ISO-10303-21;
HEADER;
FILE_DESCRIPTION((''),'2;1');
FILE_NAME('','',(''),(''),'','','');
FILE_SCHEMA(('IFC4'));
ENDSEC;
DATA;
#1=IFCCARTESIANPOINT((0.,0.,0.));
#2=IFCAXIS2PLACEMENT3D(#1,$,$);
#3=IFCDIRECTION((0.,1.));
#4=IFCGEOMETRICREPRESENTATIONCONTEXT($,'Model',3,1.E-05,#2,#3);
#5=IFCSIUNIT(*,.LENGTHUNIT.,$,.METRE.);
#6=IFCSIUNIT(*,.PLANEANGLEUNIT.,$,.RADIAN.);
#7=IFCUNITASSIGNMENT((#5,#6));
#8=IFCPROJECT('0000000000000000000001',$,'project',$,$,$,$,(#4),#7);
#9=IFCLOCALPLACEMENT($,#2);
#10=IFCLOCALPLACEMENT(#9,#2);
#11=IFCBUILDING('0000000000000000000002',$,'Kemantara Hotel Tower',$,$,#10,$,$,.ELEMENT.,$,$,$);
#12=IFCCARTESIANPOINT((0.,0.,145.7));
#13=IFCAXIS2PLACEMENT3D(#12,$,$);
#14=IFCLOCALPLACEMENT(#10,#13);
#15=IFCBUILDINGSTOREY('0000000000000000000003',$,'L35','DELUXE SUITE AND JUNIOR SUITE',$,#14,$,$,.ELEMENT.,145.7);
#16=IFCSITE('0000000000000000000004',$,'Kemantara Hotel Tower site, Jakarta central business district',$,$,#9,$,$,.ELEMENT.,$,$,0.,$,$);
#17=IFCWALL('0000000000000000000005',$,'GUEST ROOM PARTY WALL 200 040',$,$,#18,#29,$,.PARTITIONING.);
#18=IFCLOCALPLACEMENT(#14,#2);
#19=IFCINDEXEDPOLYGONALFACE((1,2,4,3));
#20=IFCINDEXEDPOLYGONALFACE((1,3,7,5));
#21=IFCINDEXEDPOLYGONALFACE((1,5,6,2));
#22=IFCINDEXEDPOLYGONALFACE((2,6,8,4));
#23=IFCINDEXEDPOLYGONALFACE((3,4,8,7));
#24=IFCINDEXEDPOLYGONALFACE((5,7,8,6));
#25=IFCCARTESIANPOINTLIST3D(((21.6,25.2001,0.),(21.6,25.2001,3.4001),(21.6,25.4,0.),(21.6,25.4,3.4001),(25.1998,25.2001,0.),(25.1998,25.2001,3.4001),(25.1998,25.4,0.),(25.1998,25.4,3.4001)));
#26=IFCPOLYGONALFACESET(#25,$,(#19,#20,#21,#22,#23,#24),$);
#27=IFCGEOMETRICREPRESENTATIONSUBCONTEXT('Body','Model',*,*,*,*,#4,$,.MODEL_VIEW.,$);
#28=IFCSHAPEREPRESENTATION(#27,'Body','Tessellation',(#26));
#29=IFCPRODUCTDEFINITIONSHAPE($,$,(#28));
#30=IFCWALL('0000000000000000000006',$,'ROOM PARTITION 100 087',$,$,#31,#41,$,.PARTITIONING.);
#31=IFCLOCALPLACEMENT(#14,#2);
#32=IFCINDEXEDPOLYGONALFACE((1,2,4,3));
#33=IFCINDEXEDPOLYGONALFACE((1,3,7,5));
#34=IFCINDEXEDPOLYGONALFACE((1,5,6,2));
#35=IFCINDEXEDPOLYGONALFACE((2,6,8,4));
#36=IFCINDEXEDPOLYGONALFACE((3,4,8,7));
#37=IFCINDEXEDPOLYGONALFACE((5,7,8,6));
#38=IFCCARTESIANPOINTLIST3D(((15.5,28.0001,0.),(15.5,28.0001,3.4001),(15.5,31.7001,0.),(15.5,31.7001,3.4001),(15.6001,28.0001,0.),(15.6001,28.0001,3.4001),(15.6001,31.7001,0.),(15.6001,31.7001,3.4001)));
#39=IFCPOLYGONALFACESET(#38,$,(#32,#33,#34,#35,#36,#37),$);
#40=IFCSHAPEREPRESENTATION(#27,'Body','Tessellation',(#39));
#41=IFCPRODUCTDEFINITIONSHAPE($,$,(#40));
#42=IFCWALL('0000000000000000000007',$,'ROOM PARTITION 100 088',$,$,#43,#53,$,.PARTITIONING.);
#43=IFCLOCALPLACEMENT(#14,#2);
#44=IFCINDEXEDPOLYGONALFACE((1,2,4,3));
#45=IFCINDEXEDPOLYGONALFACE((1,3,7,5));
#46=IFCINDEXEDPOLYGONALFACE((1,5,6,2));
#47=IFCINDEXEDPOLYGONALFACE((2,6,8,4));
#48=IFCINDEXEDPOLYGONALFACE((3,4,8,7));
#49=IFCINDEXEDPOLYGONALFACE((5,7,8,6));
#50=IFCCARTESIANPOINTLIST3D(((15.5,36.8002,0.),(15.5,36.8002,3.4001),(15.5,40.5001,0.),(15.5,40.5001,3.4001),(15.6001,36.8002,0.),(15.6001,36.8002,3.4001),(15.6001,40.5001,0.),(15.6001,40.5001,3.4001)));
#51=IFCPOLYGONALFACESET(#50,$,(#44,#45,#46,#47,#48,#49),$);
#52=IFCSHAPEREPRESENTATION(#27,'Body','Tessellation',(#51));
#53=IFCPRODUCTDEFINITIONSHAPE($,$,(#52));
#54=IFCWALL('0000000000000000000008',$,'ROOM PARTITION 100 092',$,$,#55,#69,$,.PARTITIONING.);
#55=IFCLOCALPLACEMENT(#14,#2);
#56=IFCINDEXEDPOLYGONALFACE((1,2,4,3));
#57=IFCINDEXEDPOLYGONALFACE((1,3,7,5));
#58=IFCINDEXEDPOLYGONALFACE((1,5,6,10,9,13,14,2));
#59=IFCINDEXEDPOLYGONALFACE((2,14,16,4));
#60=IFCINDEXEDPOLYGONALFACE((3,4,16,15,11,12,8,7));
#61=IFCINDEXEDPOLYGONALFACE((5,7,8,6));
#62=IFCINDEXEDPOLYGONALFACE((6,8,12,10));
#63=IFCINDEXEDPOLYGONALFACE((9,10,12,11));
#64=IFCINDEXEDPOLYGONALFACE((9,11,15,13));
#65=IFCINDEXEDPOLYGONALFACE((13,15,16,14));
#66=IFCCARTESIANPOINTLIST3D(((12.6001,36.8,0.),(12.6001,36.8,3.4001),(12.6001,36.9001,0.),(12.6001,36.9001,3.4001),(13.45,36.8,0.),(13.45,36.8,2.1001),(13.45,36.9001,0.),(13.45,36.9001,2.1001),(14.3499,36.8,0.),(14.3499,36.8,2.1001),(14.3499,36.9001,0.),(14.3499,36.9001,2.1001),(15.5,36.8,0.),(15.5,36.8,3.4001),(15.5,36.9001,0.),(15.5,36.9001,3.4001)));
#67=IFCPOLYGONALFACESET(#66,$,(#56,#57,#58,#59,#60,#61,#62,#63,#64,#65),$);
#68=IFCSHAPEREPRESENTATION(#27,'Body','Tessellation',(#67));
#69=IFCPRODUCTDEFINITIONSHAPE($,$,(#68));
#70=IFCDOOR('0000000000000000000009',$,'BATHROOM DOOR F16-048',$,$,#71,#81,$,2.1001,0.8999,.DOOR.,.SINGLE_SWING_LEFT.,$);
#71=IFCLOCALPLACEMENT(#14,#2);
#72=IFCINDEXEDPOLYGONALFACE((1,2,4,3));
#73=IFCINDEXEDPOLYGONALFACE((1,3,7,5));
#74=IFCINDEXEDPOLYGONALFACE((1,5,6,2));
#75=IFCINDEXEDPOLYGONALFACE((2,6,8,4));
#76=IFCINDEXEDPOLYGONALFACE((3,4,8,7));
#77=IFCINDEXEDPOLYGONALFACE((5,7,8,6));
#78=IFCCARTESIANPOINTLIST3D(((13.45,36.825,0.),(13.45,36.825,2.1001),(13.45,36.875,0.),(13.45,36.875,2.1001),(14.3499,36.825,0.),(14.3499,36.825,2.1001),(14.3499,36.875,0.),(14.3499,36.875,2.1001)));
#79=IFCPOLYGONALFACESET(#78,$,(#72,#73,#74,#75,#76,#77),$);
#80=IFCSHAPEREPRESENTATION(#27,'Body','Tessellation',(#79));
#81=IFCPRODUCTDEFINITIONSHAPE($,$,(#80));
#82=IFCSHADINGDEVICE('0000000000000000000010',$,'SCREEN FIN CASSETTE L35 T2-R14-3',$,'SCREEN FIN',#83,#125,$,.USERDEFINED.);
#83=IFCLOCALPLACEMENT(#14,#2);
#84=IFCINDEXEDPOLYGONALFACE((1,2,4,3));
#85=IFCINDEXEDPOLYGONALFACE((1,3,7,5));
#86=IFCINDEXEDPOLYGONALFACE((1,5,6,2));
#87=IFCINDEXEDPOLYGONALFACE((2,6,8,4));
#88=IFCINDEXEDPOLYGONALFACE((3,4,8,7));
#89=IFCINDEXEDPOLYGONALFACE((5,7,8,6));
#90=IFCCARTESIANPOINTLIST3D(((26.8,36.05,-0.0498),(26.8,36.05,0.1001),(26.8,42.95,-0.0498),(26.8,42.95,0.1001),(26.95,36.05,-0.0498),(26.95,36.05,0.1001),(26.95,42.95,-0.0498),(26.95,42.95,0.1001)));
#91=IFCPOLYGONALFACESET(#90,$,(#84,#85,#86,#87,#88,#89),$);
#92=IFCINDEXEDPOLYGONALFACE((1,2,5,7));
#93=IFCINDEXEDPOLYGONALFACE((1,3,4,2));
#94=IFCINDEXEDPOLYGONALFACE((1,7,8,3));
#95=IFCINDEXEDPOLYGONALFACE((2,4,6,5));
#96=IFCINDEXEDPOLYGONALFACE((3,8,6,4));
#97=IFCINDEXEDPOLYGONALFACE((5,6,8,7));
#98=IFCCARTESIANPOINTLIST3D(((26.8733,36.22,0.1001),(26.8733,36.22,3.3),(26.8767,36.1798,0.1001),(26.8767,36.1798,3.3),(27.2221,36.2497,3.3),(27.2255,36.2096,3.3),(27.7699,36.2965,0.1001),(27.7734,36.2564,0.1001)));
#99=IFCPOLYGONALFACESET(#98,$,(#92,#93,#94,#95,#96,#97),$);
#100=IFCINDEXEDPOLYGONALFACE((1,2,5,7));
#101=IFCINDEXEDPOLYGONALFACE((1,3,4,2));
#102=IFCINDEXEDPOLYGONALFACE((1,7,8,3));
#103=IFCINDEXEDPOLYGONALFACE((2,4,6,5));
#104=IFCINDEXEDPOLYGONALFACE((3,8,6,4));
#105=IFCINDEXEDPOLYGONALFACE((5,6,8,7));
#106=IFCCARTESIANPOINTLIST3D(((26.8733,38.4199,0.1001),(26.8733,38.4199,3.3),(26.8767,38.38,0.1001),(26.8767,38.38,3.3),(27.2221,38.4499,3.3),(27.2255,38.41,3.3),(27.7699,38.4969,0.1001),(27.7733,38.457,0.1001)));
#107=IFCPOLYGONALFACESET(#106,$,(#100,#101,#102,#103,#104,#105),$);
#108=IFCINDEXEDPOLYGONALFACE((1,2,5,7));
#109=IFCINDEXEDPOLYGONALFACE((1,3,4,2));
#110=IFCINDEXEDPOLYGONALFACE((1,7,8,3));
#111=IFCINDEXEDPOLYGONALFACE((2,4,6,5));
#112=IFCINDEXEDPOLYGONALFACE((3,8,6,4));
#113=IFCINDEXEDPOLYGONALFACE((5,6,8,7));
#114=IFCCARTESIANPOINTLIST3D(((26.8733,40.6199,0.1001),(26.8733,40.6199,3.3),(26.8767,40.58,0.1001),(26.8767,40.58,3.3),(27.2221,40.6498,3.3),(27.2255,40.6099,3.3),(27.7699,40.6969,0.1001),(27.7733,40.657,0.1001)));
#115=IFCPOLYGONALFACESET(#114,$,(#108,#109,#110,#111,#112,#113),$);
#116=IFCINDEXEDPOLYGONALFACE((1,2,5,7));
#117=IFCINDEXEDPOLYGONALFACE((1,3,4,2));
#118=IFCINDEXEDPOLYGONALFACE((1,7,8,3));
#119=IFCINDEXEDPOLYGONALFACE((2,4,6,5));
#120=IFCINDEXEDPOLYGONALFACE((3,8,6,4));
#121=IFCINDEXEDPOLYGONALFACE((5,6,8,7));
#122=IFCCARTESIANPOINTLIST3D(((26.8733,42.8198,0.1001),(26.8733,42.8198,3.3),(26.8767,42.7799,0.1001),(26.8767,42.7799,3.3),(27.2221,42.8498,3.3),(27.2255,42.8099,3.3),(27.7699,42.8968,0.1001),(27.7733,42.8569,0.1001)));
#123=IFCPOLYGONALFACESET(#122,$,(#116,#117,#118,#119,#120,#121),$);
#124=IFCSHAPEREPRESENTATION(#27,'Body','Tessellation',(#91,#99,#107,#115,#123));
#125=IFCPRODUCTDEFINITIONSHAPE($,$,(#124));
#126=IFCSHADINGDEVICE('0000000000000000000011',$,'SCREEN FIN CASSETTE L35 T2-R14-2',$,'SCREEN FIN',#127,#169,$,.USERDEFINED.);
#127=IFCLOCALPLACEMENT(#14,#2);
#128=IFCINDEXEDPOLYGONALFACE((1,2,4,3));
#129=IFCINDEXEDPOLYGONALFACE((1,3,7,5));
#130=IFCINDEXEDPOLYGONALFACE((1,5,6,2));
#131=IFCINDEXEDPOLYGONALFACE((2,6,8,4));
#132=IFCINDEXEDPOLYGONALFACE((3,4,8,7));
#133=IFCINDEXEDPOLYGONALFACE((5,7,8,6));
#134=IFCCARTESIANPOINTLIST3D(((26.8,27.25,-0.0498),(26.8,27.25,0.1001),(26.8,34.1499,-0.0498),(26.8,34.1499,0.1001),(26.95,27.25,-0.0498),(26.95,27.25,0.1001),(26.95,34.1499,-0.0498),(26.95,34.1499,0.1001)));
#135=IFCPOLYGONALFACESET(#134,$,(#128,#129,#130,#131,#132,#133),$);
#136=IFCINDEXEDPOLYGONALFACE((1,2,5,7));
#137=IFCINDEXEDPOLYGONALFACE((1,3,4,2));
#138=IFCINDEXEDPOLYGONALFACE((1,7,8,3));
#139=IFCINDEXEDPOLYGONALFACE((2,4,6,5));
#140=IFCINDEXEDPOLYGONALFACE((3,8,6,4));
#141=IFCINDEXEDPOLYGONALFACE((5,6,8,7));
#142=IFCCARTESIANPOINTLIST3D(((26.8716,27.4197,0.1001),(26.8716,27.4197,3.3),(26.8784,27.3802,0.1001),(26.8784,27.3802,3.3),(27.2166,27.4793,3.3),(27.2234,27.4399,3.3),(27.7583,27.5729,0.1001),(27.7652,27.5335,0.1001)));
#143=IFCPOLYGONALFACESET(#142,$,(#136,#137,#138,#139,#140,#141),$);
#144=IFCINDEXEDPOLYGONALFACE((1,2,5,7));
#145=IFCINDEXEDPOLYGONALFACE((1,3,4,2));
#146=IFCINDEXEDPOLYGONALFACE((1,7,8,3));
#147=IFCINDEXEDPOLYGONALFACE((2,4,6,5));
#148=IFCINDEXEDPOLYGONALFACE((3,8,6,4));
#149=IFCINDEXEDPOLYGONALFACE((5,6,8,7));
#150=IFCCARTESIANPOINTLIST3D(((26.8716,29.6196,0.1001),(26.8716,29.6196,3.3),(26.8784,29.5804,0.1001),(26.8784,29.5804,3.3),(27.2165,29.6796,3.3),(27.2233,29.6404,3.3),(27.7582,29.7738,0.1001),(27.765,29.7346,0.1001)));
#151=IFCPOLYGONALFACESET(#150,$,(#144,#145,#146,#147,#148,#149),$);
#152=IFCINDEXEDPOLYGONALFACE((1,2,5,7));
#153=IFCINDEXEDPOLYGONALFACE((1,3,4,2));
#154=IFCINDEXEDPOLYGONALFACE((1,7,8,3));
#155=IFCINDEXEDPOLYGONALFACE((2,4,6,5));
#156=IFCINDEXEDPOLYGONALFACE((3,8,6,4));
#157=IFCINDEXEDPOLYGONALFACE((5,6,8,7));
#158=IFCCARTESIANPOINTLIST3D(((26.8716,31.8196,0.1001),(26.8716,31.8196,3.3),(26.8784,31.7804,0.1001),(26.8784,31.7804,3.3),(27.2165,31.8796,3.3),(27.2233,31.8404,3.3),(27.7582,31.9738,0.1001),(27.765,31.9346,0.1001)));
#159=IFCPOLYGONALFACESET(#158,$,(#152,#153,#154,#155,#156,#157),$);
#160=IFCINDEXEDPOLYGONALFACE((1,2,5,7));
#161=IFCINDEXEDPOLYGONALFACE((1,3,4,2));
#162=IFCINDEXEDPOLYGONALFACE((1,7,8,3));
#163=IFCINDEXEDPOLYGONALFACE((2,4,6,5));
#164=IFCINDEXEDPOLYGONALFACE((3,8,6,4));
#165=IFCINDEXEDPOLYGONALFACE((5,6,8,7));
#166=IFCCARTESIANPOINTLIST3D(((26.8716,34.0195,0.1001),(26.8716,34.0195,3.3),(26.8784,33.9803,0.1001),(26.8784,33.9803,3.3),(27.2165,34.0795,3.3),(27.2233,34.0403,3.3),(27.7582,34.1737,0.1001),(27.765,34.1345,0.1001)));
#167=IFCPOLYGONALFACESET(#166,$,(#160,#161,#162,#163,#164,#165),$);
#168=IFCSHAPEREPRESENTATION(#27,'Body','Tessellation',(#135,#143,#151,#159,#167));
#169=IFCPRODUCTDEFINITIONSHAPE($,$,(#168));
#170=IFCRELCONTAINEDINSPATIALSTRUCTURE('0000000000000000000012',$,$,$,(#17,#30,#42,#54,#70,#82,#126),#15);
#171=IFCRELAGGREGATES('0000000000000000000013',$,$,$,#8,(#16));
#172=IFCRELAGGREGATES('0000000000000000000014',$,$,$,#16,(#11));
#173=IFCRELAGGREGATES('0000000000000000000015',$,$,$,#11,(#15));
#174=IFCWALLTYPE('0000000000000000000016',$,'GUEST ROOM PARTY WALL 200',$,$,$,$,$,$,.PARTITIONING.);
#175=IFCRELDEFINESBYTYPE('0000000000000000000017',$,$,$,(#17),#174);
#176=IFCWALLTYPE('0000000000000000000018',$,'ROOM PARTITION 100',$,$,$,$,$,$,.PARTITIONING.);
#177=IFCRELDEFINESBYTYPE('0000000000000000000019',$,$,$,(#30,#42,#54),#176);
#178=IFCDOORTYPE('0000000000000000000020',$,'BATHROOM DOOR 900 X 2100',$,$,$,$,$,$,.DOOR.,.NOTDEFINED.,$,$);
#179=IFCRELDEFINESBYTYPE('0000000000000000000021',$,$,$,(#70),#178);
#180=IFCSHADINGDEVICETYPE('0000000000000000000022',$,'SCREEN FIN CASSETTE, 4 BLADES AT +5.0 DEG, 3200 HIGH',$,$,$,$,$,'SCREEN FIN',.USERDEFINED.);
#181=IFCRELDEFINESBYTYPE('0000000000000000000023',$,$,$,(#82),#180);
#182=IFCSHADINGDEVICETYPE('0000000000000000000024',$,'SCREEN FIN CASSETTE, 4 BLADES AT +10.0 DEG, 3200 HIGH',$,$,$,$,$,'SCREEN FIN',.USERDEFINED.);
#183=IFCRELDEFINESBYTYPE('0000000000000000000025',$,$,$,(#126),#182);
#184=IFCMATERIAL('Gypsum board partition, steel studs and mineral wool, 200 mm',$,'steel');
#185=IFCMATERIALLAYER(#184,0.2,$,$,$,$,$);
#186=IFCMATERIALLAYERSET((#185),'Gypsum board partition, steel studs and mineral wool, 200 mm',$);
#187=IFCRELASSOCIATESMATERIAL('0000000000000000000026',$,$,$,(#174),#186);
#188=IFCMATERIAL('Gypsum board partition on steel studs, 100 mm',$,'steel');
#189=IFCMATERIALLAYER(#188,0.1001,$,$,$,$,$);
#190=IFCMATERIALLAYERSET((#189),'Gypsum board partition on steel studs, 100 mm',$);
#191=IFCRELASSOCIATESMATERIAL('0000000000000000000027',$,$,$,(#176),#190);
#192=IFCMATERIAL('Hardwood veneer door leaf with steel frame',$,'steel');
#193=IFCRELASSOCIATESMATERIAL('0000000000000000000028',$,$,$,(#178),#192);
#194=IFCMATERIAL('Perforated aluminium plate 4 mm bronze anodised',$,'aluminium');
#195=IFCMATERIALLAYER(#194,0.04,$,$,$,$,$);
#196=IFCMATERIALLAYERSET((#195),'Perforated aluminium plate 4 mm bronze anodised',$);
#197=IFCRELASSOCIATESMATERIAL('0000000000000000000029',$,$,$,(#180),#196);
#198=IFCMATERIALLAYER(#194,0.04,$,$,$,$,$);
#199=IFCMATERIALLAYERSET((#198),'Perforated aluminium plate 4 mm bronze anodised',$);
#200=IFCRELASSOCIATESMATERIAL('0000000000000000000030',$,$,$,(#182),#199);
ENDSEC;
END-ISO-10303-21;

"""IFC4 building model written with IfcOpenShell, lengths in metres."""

from ifc_helpers import new_model, si_unit, direction, frame, frame_2d, origin, origin_2d, place, context, subcontext, project, spatial, polyline, rectangle, outline, extrude, source, transform, mapped, material, layer, layer_set, type_object, element, fill, save


model = new_model("IFC4")

# Units and contexts
model_context = context("Model", 3, precision=1e-05, world=origin(), true_north=direction((0.0, 1.0)))
body_context = subcontext(model_context, "Body", "Model", "MODEL_VIEW")
ifc_project = project(units=[si_unit("LENGTHUNIT", "METRE"), si_unit("PLANEANGLEUNIT", "RADIAN")], contexts=[model_context])

# Site, building, storey
site_placement = place(None, origin())
site = spatial("IfcSite", under=ifc_project, at=site_placement, Name="Kemantara Hotel Tower site, Jakarta central business district", CompositionType="ELEMENT", RefElevation=0.0)
building_placement = place(site_placement, origin())
building = spatial("IfcBuilding", under=site, at=building_placement, Name="Kemantara Hotel Tower", CompositionType="ELEMENT")
storey_placement = place(building_placement, frame((0.0, 0.0, 145.7)))
storey = spatial("IfcBuildingStorey", under=building, at=storey_placement, Name="L35", Description="DELUXE SUITE AND JUNIOR SUITE", CompositionType="ELEMENT", Elevation=145.7)

# Walls
ifc_material_1 = material(Name="Gypsum board partition, steel studs and mineral wool, 200 mm", Category="steel")
ifc_layer_1 = layer(ifc_material_1, 0.2)
ifc_layer_set_1 = layer_set([ifc_layer_1], Name="Gypsum board partition, steel studs and mineral wool, 200 mm")
wall_type_1 = type_object("IfcWallType", Name="GUEST ROOM PARTY WALL 200", PredefinedType="PARTITIONING", material=ifc_layer_set_1)
wall_1_placement = place(storey_placement, frame((21.6001, 25.3, 0.0), z_axis=(0.0, 0.0, 1.0), x_axis=(1.0, 0.0, 0.0)))
element("IfcWall", 1, at=wall_1_placement, inside=storey, type_object=wall_type_1, Name="GUEST ROOM PARTY WALL 200 040", PredefinedType="PARTITIONING", context=body_context, shape_type="SweptSolid", body=[
    extrude(rectangle(XDim=3.5999, YDim=0.2, at=frame_2d((1.7998, 0.0))), origin(), (0.0, 0.0, 1.0), 3.4001),
])
ifc_material_2 = material(Name="Gypsum board partition on steel studs, 100 mm", Category="steel")
ifc_layer_2 = layer(ifc_material_2, 0.1001)
ifc_layer_set_2 = layer_set([ifc_layer_2], Name="Gypsum board partition on steel studs, 100 mm")
wall_type_2 = type_object("IfcWallType", Name="ROOM PARTITION 100", PredefinedType="PARTITIONING", material=ifc_layer_set_2)
for number, where, z_axis, x_axis, name in (
    (2, (15.55, 28.0, 0.0), (0.0, 0.0, 1.0), (0.0, 1.0, 0.0), "ROOM PARTITION 100 087"),
    (3, (15.55, 36.8, 0.0), (0.0, 0.0, 1.0), (0.0, 1.0, 0.0), "ROOM PARTITION 100 088"),
):
    element("IfcWall", number, at=place(storey_placement, frame(where, z_axis=z_axis, x_axis=x_axis)), inside=storey, type_object=wall_type_2, Name=name, PredefinedType="PARTITIONING", context=body_context, shape_type="SweptSolid", body=[
        extrude(rectangle(XDim=3.7, YDim=0.1001, at=frame_2d((1.8501, 0.0))), origin(), (0.0, 0.0, 1.0), 3.4001),
    ])

# Wall, opening, door
wall_2_placement = place(storey_placement, frame((12.6001, 36.8501, 0.0), z_axis=(0.0, 0.0, 1.0), x_axis=(1.0, 0.0, 0.0)))
wall_2 = element("IfcWall", 4, at=wall_2_placement, inside=storey, type_object=wall_type_2, Name="ROOM PARTITION 100 092", PredefinedType="PARTITIONING", context=body_context, shape_type="SweptSolid", body=[
    extrude(rectangle(XDim=2.8999, YDim=0.1001, at=frame_2d((1.45, 0.0))), origin(), (0.0, 0.0, 1.0), 3.4001),
])
opening_placement = place(wall_2_placement, frame((0.8499, 0.0, 0.0)))
opening = element("IfcOpeningElement", 5, at=opening_placement, cuts=wall_2, PredefinedType="OPENING", context=body_context, shape_type="SweptSolid", body=[
    extrude(rectangle(XDim=0.8999, YDim=2.1001, at=frame_2d((0.45, 1.05))), frame((0.0, 0.0601, 0.0), z_axis=(0.0, -1.0, 0.0), x_axis=(1.0, 0.0, 0.0)), (0.0, 0.0, 1.0), 0.1201),
])
ifc_material_3 = material(Name="Hardwood veneer door leaf with steel frame", Category="steel")
door_type = type_object("IfcDoorType", Name="BATHROOM DOOR 900 X 2100", OperationType="NOTDEFINED", PredefinedType="DOOR", material=ifc_material_3)
door_placement = place(opening_placement, origin())
door = element("IfcDoor", 6, at=door_placement, inside=storey, type_object=door_type, Name="BATHROOM DOOR F16-048", OperationType="SINGLE_SWING_LEFT", OverallHeight=2.1001, OverallWidth=0.8999, PredefinedType="DOOR", context=body_context, shape_type="SweptSolid", body=[
    extrude(rectangle(XDim=0.8999, YDim=2.1001, at=frame_2d((0.45, 1.05))), frame((0.0, 0.0249, 0.0), z_axis=(0.0, -1.0, 0.0), x_axis=(1.0, 0.0, 0.0)), (0.0, 0.0, 1.0), 0.05),
])
fill(opening, door)

# Shading devices
ifc_material_4 = material(Name="Perforated aluminium plate 4 mm bronze anodised", Category="aluminium")
ifc_layer_3 = layer(ifc_material_4, 0.04)
ifc_layer_set_3 = layer_set([ifc_layer_3], Name="Perforated aluminium plate 4 mm bronze anodised")
shading_device_type_1 = type_object("IfcShadingDeviceType", Name="SCREEN FIN CASSETTE, 4 BLADES AT +5.0 DEG, 3200 HIGH", ElementType="SCREEN FIN", PredefinedType="USERDEFINED", material=ifc_layer_set_3)
shared_shape_1 = source(origin(), body_context, "Body", "SweptSolid", [
    extrude(rectangle(XDim=6.8999, YDim=0.1499, at=origin_2d()), frame((3.3, -0.075, -0.1499), z_axis=(0.0, 0.0, 1.0), x_axis=(1.0, 0.0, 0.0)), (0.0, 0.0, 1.0), 0.1499),
    extrude(outline(polyline([(0.0, 0.0), (0.8999, 0.0), (0.3501, 3.2), (0.0, 3.2), (0.0, 0.0)])), frame((0.02, -0.0732, 0.0), z_axis=(-0.996376, -0.085056, 0.0), x_axis=(0.085056, -0.996376, 0.0)), (0.0, 0.0, 1.0), 0.0403),
    extrude(outline(polyline([(0.0, 0.0), (0.8999, 0.0), (0.3501, 3.2), (0.0, 3.2), (0.0, 0.0)])), frame((2.22, -0.0732, 0.0), z_axis=(-0.996332, -0.085575, 0.0), x_axis=(0.085575, -0.996332, 0.0)), (0.0, 0.0, 1.0), 0.04),
    extrude(outline(polyline([(0.0, 0.0), (0.8999, 0.0), (0.3501, 3.2), (0.0, 3.2), (0.0, 0.0)])), frame((4.4199, -0.0732, 0.0), z_axis=(-0.996332, -0.085575, 0.0), x_axis=(0.085575, -0.996332, 0.0)), (0.0, 0.0, 1.0), 0.04),
    extrude(outline(polyline([(0.0, 0.0), (0.8999, 0.0), (0.3501, 3.2), (0.0, 3.2), (0.0, 0.0)])), frame((6.6199, -0.0732, 0.0), z_axis=(-0.996332, -0.085575, 0.0), x_axis=(0.085575, -0.996332, 0.0)), (0.0, 0.0, 1.0), 0.04),
])
shading_device_1_placement = place(storey_placement, frame((26.8, 36.2, 0.1001), z_axis=(0.0, 0.0, 1.0), x_axis=(0.0, 1.0, 0.0)))
element("IfcShadingDevice", 7, at=shading_device_1_placement, inside=storey, type_object=shading_device_type_1, Name="SCREEN FIN CASSETTE L35 T2-R14-3", ObjectType="SCREEN FIN", PredefinedType="USERDEFINED", context=body_context, shape_type="MappedRepresentation", body=[
    mapped(shared_shape_1, transform((0.0, 0.0, 0.0))),
])
ifc_layer_4 = layer(ifc_material_4, 0.04)
ifc_layer_set_4 = layer_set([ifc_layer_4], Name="Perforated aluminium plate 4 mm bronze anodised")
shading_device_type_2 = type_object("IfcShadingDeviceType", Name="SCREEN FIN CASSETTE, 4 BLADES AT +10.0 DEG, 3200 HIGH", ElementType="SCREEN FIN", PredefinedType="USERDEFINED", material=ifc_layer_set_4)
shared_shape_2 = source(origin(), body_context, "Body", "SweptSolid", [
    extrude(rectangle(XDim=6.8999, YDim=0.1499, at=origin_2d()), frame((3.3, -0.075, -0.1499), z_axis=(0.0, 0.0, 1.0), x_axis=(1.0, 0.0, 0.0)), (0.0, 0.0, 1.0), 0.1499),
    extrude(outline(polyline([(0.0, 0.0), (0.8999, 0.0), (0.3501, 3.2), (0.0, 3.2), (0.0, 0.0)])), frame((0.0198, -0.0715, 0.0), z_axis=(-0.98539, -0.170314, 0.0), x_axis=(0.170314, -0.98539, 0.0)), (0.0, 0.0, 1.0), 0.04),
    extrude(outline(polyline([(0.0, 0.0), (0.8999, 0.0), (0.3501, 3.2), (0.0, 3.2), (0.0, 0.0)])), frame((2.2197, -0.0715, 0.0), z_axis=(-0.985212, -0.171341, 0.0), x_axis=(0.171341, -0.985212, 0.0)), (0.0, 0.0, 1.0), 0.0398),
    extrude(outline(polyline([(0.0, 0.0), (0.8999, 0.0), (0.3501, 3.2), (0.0, 3.2), (0.0, 0.0)])), frame((4.4197, -0.0715, 0.0), z_axis=(-0.985212, -0.171341, 0.0), x_axis=(0.171341, -0.985212, 0.0)), (0.0, 0.0, 1.0), 0.0398),
    extrude(outline(polyline([(0.0, 0.0), (0.8999, 0.0), (0.3501, 3.2), (0.0, 3.2), (0.0, 0.0)])), frame((6.6196, -0.0715, 0.0), z_axis=(-0.985212, -0.171341, 0.0), x_axis=(0.171341, -0.985212, 0.0)), (0.0, 0.0, 1.0), 0.0398),
])
shading_device_2_placement = place(storey_placement, frame((26.8, 27.3999, 0.1001), z_axis=(0.0, 0.0, 1.0), x_axis=(0.0, 1.0, 0.0)))
element("IfcShadingDevice", 8, at=shading_device_2_placement, inside=storey, type_object=shading_device_type_2, Name="SCREEN FIN CASSETTE L35 T2-R14-2", ObjectType="SCREEN FIN", PredefinedType="USERDEFINED", context=body_context, shape_type="MappedRepresentation", body=[
    mapped(shared_shape_2, transform((0.0, 0.0, 0.0))),
])

save(model, "model.ifc")
